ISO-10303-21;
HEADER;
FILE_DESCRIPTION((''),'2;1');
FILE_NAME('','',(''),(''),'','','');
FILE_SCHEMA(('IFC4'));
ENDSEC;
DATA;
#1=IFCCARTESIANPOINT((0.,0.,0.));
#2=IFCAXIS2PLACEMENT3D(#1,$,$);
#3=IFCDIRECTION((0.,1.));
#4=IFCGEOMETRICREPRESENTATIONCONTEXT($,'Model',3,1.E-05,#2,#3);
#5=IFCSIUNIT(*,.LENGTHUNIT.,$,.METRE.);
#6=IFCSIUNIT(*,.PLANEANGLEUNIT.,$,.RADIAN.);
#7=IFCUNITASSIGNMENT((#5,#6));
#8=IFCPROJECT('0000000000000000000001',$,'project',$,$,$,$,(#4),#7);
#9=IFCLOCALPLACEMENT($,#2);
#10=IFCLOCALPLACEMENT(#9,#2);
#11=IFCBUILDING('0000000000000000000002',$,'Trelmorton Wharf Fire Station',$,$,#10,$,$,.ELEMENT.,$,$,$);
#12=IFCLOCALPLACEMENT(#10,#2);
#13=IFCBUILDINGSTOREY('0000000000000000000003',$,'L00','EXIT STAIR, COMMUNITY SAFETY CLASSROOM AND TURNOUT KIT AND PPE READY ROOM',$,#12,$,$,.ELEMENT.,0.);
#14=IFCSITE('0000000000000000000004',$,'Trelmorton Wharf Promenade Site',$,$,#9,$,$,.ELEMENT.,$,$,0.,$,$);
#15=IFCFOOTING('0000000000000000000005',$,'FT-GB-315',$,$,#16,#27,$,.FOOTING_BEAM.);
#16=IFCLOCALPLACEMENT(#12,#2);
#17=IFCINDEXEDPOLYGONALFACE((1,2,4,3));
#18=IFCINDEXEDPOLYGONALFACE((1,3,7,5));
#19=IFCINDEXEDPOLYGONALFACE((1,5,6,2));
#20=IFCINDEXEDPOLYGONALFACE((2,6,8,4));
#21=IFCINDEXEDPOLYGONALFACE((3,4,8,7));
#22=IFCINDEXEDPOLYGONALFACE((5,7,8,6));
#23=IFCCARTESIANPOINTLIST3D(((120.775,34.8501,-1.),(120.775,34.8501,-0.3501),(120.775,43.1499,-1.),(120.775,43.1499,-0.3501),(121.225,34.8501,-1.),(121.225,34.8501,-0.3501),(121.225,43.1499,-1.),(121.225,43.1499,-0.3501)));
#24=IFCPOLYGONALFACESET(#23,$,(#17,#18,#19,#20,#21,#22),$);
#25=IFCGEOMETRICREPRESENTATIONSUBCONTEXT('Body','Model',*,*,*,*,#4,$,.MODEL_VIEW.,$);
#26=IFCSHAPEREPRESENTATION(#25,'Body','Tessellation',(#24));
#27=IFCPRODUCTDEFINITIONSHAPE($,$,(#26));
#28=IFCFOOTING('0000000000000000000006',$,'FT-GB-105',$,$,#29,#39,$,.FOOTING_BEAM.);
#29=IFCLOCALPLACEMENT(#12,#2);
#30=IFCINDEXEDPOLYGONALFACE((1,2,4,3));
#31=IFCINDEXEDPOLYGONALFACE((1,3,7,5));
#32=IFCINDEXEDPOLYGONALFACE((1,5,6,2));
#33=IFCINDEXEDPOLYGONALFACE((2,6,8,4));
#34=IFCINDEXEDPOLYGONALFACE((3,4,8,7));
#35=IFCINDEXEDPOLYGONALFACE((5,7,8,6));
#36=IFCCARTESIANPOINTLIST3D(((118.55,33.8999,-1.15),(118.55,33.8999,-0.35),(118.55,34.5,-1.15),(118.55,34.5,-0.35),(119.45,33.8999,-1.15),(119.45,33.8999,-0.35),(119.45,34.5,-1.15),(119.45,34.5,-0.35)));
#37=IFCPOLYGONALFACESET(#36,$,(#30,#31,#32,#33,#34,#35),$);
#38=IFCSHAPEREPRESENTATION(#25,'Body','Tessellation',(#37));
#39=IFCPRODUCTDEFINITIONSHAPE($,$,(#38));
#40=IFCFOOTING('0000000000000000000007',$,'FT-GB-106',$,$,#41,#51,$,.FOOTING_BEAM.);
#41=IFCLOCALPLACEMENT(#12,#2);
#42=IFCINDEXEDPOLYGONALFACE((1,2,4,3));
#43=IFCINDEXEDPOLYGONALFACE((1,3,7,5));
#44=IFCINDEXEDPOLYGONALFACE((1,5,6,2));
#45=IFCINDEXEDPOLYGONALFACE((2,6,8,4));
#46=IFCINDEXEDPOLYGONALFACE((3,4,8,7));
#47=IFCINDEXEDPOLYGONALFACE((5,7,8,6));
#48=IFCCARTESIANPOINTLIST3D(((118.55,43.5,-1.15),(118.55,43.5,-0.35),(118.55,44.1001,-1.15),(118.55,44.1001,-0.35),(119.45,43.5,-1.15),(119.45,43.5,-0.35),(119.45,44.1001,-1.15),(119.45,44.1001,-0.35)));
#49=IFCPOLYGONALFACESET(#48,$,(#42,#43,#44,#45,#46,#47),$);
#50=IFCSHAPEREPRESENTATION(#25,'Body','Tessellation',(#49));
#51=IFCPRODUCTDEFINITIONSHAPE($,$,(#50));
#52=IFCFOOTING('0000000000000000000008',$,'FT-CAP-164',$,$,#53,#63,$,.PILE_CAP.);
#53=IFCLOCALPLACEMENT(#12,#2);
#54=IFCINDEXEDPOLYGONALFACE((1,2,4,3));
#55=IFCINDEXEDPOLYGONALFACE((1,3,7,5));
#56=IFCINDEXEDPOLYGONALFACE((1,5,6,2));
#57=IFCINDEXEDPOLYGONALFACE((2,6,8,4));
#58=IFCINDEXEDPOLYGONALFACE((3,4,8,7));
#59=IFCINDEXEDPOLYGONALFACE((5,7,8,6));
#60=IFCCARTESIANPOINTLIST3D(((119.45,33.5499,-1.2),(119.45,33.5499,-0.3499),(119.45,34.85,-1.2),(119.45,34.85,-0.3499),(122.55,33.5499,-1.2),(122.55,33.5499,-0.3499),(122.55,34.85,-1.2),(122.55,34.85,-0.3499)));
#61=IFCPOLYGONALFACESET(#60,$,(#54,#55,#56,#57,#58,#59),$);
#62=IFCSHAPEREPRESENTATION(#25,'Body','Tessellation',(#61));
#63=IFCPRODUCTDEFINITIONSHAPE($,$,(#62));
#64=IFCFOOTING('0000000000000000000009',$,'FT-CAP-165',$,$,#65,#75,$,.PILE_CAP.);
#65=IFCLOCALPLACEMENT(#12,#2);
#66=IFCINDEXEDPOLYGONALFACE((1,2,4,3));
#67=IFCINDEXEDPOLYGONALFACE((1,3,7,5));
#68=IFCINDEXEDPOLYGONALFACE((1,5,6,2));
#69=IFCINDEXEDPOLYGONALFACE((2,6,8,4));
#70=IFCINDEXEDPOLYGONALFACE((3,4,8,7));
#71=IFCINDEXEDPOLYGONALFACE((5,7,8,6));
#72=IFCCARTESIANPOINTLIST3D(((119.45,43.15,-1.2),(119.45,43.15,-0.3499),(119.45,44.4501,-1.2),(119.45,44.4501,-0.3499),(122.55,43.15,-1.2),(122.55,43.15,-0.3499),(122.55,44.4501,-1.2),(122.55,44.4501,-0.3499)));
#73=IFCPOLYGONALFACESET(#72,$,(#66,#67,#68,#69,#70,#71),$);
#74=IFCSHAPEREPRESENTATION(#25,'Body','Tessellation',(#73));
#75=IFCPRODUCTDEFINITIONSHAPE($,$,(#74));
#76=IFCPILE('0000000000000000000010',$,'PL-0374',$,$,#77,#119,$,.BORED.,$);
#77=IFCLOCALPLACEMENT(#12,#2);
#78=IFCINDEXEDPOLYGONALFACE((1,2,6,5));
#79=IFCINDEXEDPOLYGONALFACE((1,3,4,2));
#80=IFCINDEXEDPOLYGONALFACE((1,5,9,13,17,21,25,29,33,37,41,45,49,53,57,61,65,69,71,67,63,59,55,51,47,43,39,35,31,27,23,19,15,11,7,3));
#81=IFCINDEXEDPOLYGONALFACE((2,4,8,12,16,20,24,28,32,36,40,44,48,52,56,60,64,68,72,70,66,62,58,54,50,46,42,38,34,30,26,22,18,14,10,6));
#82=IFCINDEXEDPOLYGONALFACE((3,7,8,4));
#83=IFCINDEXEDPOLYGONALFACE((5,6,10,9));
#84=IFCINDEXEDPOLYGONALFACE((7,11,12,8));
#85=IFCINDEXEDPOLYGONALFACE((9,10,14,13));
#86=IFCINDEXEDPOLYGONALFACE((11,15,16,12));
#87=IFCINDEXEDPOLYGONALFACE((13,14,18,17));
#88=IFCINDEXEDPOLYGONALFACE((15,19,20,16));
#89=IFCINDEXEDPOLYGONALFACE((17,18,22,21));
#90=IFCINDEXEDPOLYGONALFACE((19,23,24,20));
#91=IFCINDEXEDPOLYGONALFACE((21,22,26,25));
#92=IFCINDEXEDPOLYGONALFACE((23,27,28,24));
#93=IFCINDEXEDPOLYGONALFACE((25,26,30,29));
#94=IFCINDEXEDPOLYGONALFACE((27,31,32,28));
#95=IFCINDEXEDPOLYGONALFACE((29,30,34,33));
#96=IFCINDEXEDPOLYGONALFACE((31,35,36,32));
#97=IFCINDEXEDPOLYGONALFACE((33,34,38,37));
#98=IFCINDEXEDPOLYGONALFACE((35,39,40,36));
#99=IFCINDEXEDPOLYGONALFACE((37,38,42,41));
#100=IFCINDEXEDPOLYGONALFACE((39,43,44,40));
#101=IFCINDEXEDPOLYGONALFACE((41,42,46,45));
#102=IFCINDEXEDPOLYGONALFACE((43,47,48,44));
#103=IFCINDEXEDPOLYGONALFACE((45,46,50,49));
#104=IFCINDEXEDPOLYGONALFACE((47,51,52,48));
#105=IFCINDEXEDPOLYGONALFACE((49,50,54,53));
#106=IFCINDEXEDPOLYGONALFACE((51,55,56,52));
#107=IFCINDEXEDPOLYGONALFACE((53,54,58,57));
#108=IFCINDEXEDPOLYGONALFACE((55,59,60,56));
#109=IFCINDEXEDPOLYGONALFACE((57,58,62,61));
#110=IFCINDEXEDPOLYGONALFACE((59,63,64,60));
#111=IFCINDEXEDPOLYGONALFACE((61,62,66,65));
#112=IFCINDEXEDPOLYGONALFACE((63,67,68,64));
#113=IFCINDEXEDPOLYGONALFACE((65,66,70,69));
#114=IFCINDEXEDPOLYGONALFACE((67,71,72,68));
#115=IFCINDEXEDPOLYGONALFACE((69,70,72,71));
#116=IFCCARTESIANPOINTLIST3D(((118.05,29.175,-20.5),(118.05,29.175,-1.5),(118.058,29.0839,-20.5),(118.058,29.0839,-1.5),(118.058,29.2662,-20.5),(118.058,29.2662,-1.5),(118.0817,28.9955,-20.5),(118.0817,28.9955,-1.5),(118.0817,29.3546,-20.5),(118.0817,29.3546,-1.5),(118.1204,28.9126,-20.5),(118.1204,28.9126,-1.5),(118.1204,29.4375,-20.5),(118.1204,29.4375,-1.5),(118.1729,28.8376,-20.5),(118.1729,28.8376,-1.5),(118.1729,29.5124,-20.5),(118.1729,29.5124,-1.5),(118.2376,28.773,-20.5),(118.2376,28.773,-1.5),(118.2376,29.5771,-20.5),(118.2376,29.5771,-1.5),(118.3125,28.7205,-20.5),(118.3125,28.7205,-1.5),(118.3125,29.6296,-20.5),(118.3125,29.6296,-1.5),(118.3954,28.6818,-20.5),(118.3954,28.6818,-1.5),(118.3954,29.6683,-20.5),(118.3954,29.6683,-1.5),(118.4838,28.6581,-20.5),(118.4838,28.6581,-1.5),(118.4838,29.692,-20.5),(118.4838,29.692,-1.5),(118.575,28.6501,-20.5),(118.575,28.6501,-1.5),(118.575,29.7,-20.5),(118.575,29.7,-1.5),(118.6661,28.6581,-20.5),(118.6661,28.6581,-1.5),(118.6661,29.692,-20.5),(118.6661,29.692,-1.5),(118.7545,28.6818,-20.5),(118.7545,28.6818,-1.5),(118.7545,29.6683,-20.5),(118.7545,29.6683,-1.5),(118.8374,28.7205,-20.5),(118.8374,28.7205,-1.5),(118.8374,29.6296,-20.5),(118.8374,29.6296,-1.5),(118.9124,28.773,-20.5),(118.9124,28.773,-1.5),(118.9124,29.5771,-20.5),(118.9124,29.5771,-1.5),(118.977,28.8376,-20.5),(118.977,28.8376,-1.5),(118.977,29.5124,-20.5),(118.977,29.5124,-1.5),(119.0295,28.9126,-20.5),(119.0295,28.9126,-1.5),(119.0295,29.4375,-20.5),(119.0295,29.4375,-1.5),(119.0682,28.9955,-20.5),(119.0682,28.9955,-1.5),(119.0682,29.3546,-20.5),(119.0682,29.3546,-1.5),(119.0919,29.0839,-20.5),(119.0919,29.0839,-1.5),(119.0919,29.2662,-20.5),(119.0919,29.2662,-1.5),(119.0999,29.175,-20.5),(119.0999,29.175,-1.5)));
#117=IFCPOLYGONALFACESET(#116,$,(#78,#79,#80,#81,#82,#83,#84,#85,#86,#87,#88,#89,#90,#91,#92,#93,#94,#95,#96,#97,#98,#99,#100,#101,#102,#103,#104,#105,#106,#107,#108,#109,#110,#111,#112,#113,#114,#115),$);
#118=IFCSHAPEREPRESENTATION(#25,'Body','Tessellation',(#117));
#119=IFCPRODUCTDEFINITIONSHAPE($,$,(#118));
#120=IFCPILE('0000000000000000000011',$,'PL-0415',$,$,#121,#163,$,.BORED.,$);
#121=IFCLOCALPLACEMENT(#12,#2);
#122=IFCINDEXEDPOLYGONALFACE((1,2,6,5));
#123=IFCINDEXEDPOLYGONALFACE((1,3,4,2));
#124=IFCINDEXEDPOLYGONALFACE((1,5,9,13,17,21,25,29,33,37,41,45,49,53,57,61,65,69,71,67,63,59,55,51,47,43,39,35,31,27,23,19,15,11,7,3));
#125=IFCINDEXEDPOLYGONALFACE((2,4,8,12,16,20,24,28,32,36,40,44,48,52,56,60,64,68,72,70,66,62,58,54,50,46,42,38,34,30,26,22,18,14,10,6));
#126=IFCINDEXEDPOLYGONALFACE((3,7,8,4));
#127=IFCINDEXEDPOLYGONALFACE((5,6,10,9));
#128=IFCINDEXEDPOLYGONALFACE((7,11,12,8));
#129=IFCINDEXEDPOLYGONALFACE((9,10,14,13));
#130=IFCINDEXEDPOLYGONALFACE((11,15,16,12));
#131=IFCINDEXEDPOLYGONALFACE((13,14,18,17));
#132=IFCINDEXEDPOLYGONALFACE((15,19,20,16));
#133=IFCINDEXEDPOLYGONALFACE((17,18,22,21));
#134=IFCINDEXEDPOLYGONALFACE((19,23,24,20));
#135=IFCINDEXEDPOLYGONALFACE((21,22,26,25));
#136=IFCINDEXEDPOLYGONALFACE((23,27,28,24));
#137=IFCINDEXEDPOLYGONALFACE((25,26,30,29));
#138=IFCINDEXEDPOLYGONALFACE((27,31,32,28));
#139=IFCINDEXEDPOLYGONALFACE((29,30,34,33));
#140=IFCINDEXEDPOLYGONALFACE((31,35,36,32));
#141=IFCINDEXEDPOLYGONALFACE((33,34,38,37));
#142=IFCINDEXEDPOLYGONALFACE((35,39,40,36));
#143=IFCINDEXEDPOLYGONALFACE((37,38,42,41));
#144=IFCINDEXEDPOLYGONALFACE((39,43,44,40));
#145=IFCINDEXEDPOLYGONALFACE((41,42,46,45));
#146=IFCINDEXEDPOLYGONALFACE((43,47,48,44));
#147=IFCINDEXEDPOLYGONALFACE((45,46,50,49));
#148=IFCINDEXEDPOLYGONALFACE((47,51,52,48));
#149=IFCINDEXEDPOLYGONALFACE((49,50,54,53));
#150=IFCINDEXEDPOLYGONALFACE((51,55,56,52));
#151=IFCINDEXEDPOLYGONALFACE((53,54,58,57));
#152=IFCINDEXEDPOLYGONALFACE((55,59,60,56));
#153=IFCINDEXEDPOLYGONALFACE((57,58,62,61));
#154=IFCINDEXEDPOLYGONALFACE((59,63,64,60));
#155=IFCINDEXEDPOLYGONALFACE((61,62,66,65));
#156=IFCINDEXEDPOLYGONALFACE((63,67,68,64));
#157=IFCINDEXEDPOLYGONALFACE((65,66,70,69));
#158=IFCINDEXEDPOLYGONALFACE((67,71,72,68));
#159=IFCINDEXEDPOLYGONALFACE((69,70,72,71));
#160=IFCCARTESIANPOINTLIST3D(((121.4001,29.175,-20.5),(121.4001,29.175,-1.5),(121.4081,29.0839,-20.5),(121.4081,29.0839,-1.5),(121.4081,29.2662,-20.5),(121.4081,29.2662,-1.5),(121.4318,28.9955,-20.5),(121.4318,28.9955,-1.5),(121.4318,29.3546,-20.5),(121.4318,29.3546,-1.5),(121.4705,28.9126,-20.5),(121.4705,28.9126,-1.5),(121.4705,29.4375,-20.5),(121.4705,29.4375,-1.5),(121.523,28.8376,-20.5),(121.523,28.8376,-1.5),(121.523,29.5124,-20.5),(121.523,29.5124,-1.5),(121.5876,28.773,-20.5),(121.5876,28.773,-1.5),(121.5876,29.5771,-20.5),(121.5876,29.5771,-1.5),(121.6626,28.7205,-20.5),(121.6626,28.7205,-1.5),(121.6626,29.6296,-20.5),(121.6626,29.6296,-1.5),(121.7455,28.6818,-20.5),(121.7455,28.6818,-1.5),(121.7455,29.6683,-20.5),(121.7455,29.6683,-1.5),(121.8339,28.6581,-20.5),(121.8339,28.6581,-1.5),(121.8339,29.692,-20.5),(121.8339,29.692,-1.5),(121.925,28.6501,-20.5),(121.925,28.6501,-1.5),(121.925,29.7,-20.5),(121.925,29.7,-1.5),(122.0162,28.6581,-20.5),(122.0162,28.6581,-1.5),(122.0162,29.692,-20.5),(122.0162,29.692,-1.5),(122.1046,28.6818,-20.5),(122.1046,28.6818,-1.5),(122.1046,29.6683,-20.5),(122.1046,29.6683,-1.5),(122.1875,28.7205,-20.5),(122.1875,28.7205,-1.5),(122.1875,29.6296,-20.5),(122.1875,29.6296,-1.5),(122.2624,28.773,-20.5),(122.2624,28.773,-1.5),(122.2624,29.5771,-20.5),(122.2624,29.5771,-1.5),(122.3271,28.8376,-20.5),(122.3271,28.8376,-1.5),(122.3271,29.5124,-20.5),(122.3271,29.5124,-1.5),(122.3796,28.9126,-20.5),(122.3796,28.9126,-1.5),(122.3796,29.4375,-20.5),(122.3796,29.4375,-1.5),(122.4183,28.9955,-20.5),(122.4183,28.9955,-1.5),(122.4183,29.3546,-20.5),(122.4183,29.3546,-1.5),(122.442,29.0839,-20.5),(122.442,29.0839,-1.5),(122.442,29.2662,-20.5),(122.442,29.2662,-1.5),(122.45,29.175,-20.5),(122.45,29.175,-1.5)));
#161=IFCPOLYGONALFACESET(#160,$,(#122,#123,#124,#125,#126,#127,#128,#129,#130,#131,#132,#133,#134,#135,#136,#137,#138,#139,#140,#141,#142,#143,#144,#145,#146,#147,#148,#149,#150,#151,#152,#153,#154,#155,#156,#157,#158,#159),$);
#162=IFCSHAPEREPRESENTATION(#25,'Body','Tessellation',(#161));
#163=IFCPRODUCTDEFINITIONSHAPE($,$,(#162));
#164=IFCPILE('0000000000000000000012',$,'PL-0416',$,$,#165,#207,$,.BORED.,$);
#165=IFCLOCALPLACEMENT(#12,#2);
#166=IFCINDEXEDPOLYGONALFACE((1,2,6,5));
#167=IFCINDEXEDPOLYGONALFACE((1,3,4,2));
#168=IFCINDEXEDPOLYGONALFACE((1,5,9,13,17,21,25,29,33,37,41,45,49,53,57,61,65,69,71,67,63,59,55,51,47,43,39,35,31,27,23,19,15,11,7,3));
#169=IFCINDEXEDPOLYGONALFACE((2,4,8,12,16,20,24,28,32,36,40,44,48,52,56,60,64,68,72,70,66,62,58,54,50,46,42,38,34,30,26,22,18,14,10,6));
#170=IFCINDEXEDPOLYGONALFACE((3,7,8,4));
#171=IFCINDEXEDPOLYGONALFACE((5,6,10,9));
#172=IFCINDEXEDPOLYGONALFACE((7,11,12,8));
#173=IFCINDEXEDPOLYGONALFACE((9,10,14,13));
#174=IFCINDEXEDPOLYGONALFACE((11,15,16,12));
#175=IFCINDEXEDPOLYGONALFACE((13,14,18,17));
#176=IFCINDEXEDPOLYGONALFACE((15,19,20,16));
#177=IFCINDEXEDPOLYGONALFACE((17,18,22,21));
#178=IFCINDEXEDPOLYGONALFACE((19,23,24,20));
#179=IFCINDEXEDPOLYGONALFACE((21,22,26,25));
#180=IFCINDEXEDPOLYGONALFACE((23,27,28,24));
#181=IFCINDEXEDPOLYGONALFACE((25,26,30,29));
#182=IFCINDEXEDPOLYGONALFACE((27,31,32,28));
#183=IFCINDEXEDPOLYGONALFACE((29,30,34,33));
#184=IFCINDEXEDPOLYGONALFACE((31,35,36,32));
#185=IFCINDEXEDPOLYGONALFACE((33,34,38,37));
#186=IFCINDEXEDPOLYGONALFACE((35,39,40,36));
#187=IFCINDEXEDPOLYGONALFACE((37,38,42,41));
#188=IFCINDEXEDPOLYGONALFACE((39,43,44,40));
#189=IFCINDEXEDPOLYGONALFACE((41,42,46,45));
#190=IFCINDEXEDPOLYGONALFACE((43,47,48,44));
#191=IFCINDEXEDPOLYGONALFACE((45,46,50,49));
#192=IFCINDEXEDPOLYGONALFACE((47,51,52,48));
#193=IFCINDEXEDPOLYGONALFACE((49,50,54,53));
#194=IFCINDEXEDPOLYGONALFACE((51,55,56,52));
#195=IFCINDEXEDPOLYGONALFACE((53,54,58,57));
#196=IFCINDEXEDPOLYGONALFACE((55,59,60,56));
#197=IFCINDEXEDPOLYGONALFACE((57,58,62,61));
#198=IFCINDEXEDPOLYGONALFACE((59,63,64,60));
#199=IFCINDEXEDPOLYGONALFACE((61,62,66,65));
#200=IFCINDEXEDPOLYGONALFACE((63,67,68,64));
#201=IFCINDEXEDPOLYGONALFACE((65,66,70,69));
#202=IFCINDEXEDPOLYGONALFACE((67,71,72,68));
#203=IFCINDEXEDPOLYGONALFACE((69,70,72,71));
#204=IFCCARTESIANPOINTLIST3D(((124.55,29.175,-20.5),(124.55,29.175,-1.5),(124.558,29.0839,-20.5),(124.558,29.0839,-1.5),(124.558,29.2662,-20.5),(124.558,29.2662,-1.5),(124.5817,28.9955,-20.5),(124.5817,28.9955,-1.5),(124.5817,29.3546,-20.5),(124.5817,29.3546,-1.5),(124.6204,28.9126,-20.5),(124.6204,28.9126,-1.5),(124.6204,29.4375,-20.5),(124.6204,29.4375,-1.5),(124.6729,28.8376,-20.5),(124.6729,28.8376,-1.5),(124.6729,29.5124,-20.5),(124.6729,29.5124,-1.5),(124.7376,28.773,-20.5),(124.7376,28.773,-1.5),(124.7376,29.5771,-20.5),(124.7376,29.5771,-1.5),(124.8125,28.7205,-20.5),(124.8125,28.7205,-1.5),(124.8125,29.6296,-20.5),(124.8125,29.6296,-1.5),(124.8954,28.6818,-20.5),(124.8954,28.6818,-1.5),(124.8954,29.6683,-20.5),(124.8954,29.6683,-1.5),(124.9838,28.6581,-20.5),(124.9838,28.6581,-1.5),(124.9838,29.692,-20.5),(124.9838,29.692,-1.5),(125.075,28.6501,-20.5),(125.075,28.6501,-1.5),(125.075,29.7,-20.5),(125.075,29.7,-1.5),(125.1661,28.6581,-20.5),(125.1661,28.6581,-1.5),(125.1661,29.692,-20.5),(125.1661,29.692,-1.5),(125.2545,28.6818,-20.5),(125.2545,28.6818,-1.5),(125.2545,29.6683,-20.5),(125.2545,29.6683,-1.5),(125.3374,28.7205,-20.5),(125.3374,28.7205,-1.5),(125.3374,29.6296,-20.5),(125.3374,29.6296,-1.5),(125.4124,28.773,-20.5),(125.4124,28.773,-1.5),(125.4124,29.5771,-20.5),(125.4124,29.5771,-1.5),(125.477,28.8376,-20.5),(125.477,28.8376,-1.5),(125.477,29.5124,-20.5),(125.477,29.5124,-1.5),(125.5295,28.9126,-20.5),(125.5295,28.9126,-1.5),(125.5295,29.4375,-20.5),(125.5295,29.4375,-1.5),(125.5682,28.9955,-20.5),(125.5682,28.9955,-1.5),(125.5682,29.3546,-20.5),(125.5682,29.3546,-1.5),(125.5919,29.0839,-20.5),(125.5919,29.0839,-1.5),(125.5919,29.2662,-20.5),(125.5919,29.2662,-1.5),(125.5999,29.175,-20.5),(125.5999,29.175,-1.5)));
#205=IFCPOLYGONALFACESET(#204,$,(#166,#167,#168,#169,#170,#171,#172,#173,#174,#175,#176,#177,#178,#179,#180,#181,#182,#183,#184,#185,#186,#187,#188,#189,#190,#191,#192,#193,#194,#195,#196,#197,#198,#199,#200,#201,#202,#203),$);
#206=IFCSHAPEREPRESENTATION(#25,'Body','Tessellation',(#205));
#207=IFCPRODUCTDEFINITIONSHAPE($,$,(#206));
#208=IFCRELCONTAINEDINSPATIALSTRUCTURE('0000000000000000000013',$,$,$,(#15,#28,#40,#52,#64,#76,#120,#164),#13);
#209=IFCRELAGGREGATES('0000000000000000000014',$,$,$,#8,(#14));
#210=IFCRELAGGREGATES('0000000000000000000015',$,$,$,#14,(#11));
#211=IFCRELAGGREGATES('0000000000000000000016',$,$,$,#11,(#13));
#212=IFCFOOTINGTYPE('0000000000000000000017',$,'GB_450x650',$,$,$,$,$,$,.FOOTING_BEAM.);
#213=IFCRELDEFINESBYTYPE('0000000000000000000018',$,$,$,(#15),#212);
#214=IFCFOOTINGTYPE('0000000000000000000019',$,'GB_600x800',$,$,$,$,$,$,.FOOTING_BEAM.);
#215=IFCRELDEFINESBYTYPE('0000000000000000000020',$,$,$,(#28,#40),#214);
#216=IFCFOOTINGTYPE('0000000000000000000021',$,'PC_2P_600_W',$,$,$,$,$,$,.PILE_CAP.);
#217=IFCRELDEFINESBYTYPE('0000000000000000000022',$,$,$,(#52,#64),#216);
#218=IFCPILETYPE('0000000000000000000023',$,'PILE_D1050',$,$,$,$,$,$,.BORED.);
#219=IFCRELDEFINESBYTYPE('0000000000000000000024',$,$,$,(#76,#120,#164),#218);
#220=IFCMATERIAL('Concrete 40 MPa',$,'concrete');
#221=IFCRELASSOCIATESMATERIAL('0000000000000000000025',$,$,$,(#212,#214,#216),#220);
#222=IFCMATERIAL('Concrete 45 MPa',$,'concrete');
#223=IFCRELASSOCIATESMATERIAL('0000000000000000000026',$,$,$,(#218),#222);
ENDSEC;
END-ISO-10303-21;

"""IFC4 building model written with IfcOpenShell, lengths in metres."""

from ifc_helpers import new_model, si_unit, direction, frame, origin, origin_2d, place, context, subcontext, project, spatial, rectangle, circle, extrude, material, material_profile, profile_set, type_object, element, save


model = new_model("IFC4")

# Units and contexts
model_context = context("Model", 3, precision=1e-05, world=origin(), true_north=direction((0.0, 1.0)))
body_context = subcontext(model_context, "Body", "Model", "MODEL_VIEW")
ifc_project = project(units=[si_unit("LENGTHUNIT", "METRE"), si_unit("PLANEANGLEUNIT", "RADIAN")], contexts=[model_context])

# Site, building, storey
site_placement = place(None, origin())
site = spatial("IfcSite", under=ifc_project, at=site_placement, Name="Trelmorton Wharf Promenade Site", CompositionType="ELEMENT", RefElevation=0.0)
building_placement = place(site_placement, origin())
building = spatial("IfcBuilding", under=site, at=building_placement, Name="Trelmorton Wharf Fire Station", CompositionType="ELEMENT")
storey_placement = place(building_placement, origin())
storey = spatial("IfcBuildingStorey", under=building, at=storey_placement, Name="L00", Description="EXIT STAIR, COMMUNITY SAFETY CLASSROOM AND TURNOUT KIT AND PPE READY ROOM", CompositionType="ELEMENT", Elevation=0.0)

# Footings
ifc_material_1 = material(Name="Concrete 40 MPa", Category="concrete")
ifc_material_profile_1 = material_profile(ifc_material_1, rectangle(XDim=0.45, YDim=0.6499, at=origin_2d()), Name="RC450x650")
ifc_profile_set_1 = profile_set([ifc_material_profile_1], Name="Concrete 40 MPa")
footing_type_1 = type_object("IfcFootingType", Name="GB_450x650", PredefinedType="FOOTING_BEAM", material=ifc_profile_set_1)
footing_placement = place(storey_placement, frame((121.0, 34.8501, -0.675), z_axis=(0.0, 1.0, 0.0), x_axis=(-1.0, 0.0, 0.0)))
element("IfcFooting", 1, at=footing_placement, inside=storey, type_object=footing_type_1, Name="FT-GB-315", PredefinedType="FOOTING_BEAM", context=body_context, shape_type="SweptSolid", body=[
    extrude(rectangle(XDim=0.45, YDim=0.6499, at=origin_2d()), origin(), (0.0, 0.0, 1.0), 8.2998),
])
ifc_material_profile_2 = material_profile(ifc_material_1, rectangle(XDim=0.6001, YDim=0.8, at=origin_2d()), Name="RC600x800")
ifc_profile_set_2 = profile_set([ifc_material_profile_2], Name="Concrete 40 MPa")
footing_type_2 = type_object("IfcFootingType", Name="GB_600x800", PredefinedType="FOOTING_BEAM", material=ifc_profile_set_2)
for number, where, z_axis, x_axis, name in (
    (2, (118.55, 34.2, -0.75), (1.0, 0.0, 0.0), (0.0, 1.0, 0.0), "FT-GB-105"),
    (3, (118.55, 43.8, -0.75), (1.0, 0.0, 0.0), (0.0, 1.0, 0.0), "FT-GB-106"),
):
    element("IfcFooting", number, at=place(storey_placement, frame(where, z_axis=z_axis, x_axis=x_axis)), inside=storey, type_object=footing_type_2, Name=name, PredefinedType="FOOTING_BEAM", context=body_context, shape_type="SweptSolid", body=[
        extrude(rectangle(XDim=0.6001, YDim=0.8, at=origin_2d()), origin(), (0.0, 0.0, 1.0), 0.8999),
    ])
footing_type_3 = type_object("IfcFootingType", Name="PC_2P_600_W", PredefinedType="PILE_CAP", material=ifc_material_1)
for number, where, z_axis, x_axis, name in (
    (4, (121.0, 34.2, -1.2), (0.0, 0.0, 1.0), (1.0, 0.0, 0.0), "FT-CAP-164"),
    (5, (121.0, 43.8, -1.2), (0.0, 0.0, 1.0), (1.0, 0.0, 0.0), "FT-CAP-165"),
):
    element("IfcFooting", number, at=place(storey_placement, frame(where, z_axis=z_axis, x_axis=x_axis)), inside=storey, type_object=footing_type_3, Name=name, PredefinedType="PILE_CAP", context=body_context, shape_type="SweptSolid", body=[
        extrude(rectangle(XDim=3.1001, YDim=1.3, at=origin_2d()), origin(), (0.0, 0.0, 1.0), 0.8501),
    ])

# Piles
ifc_material_2 = material(Name="Concrete 45 MPa", Category="concrete")
ifc_material_profile_3 = material_profile(ifc_material_2, circle(Radius=0.5249, at=origin_2d()), Name="PILE-D1050")
ifc_profile_set_3 = profile_set([ifc_material_profile_3], Name="Concrete 45 MPa")
pile_type_1 = type_object("IfcPileType", Name="PILE_D1050", PredefinedType="BORED", material=ifc_profile_set_3)
for number, where, z_axis, x_axis, name in (
    (6, (118.575, 29.175, -1.5), (0.0, 0.0, -1.0), (1.0, 0.0, 0.0), "PL-0374"),
    (7, (121.925, 29.175, -1.5), (0.0, 0.0, -1.0), (1.0, 0.0, 0.0), "PL-0415"),
    (8, (125.075, 29.175, -1.5), (0.0, 0.0, -1.0), (1.0, 0.0, 0.0), "PL-0416"),
):
    element("IfcPile", number, at=place(storey_placement, frame(where, z_axis=z_axis, x_axis=x_axis)), inside=storey, type_object=pile_type_1, Name=name, PredefinedType="BORED", context=body_context, shape_type="SweptSolid", body=[
        extrude(circle(Radius=0.5249, at=origin_2d()), origin(), (0.0, 0.0, 1.0), 19.0),
    ])

save(model, "model.ifc")
